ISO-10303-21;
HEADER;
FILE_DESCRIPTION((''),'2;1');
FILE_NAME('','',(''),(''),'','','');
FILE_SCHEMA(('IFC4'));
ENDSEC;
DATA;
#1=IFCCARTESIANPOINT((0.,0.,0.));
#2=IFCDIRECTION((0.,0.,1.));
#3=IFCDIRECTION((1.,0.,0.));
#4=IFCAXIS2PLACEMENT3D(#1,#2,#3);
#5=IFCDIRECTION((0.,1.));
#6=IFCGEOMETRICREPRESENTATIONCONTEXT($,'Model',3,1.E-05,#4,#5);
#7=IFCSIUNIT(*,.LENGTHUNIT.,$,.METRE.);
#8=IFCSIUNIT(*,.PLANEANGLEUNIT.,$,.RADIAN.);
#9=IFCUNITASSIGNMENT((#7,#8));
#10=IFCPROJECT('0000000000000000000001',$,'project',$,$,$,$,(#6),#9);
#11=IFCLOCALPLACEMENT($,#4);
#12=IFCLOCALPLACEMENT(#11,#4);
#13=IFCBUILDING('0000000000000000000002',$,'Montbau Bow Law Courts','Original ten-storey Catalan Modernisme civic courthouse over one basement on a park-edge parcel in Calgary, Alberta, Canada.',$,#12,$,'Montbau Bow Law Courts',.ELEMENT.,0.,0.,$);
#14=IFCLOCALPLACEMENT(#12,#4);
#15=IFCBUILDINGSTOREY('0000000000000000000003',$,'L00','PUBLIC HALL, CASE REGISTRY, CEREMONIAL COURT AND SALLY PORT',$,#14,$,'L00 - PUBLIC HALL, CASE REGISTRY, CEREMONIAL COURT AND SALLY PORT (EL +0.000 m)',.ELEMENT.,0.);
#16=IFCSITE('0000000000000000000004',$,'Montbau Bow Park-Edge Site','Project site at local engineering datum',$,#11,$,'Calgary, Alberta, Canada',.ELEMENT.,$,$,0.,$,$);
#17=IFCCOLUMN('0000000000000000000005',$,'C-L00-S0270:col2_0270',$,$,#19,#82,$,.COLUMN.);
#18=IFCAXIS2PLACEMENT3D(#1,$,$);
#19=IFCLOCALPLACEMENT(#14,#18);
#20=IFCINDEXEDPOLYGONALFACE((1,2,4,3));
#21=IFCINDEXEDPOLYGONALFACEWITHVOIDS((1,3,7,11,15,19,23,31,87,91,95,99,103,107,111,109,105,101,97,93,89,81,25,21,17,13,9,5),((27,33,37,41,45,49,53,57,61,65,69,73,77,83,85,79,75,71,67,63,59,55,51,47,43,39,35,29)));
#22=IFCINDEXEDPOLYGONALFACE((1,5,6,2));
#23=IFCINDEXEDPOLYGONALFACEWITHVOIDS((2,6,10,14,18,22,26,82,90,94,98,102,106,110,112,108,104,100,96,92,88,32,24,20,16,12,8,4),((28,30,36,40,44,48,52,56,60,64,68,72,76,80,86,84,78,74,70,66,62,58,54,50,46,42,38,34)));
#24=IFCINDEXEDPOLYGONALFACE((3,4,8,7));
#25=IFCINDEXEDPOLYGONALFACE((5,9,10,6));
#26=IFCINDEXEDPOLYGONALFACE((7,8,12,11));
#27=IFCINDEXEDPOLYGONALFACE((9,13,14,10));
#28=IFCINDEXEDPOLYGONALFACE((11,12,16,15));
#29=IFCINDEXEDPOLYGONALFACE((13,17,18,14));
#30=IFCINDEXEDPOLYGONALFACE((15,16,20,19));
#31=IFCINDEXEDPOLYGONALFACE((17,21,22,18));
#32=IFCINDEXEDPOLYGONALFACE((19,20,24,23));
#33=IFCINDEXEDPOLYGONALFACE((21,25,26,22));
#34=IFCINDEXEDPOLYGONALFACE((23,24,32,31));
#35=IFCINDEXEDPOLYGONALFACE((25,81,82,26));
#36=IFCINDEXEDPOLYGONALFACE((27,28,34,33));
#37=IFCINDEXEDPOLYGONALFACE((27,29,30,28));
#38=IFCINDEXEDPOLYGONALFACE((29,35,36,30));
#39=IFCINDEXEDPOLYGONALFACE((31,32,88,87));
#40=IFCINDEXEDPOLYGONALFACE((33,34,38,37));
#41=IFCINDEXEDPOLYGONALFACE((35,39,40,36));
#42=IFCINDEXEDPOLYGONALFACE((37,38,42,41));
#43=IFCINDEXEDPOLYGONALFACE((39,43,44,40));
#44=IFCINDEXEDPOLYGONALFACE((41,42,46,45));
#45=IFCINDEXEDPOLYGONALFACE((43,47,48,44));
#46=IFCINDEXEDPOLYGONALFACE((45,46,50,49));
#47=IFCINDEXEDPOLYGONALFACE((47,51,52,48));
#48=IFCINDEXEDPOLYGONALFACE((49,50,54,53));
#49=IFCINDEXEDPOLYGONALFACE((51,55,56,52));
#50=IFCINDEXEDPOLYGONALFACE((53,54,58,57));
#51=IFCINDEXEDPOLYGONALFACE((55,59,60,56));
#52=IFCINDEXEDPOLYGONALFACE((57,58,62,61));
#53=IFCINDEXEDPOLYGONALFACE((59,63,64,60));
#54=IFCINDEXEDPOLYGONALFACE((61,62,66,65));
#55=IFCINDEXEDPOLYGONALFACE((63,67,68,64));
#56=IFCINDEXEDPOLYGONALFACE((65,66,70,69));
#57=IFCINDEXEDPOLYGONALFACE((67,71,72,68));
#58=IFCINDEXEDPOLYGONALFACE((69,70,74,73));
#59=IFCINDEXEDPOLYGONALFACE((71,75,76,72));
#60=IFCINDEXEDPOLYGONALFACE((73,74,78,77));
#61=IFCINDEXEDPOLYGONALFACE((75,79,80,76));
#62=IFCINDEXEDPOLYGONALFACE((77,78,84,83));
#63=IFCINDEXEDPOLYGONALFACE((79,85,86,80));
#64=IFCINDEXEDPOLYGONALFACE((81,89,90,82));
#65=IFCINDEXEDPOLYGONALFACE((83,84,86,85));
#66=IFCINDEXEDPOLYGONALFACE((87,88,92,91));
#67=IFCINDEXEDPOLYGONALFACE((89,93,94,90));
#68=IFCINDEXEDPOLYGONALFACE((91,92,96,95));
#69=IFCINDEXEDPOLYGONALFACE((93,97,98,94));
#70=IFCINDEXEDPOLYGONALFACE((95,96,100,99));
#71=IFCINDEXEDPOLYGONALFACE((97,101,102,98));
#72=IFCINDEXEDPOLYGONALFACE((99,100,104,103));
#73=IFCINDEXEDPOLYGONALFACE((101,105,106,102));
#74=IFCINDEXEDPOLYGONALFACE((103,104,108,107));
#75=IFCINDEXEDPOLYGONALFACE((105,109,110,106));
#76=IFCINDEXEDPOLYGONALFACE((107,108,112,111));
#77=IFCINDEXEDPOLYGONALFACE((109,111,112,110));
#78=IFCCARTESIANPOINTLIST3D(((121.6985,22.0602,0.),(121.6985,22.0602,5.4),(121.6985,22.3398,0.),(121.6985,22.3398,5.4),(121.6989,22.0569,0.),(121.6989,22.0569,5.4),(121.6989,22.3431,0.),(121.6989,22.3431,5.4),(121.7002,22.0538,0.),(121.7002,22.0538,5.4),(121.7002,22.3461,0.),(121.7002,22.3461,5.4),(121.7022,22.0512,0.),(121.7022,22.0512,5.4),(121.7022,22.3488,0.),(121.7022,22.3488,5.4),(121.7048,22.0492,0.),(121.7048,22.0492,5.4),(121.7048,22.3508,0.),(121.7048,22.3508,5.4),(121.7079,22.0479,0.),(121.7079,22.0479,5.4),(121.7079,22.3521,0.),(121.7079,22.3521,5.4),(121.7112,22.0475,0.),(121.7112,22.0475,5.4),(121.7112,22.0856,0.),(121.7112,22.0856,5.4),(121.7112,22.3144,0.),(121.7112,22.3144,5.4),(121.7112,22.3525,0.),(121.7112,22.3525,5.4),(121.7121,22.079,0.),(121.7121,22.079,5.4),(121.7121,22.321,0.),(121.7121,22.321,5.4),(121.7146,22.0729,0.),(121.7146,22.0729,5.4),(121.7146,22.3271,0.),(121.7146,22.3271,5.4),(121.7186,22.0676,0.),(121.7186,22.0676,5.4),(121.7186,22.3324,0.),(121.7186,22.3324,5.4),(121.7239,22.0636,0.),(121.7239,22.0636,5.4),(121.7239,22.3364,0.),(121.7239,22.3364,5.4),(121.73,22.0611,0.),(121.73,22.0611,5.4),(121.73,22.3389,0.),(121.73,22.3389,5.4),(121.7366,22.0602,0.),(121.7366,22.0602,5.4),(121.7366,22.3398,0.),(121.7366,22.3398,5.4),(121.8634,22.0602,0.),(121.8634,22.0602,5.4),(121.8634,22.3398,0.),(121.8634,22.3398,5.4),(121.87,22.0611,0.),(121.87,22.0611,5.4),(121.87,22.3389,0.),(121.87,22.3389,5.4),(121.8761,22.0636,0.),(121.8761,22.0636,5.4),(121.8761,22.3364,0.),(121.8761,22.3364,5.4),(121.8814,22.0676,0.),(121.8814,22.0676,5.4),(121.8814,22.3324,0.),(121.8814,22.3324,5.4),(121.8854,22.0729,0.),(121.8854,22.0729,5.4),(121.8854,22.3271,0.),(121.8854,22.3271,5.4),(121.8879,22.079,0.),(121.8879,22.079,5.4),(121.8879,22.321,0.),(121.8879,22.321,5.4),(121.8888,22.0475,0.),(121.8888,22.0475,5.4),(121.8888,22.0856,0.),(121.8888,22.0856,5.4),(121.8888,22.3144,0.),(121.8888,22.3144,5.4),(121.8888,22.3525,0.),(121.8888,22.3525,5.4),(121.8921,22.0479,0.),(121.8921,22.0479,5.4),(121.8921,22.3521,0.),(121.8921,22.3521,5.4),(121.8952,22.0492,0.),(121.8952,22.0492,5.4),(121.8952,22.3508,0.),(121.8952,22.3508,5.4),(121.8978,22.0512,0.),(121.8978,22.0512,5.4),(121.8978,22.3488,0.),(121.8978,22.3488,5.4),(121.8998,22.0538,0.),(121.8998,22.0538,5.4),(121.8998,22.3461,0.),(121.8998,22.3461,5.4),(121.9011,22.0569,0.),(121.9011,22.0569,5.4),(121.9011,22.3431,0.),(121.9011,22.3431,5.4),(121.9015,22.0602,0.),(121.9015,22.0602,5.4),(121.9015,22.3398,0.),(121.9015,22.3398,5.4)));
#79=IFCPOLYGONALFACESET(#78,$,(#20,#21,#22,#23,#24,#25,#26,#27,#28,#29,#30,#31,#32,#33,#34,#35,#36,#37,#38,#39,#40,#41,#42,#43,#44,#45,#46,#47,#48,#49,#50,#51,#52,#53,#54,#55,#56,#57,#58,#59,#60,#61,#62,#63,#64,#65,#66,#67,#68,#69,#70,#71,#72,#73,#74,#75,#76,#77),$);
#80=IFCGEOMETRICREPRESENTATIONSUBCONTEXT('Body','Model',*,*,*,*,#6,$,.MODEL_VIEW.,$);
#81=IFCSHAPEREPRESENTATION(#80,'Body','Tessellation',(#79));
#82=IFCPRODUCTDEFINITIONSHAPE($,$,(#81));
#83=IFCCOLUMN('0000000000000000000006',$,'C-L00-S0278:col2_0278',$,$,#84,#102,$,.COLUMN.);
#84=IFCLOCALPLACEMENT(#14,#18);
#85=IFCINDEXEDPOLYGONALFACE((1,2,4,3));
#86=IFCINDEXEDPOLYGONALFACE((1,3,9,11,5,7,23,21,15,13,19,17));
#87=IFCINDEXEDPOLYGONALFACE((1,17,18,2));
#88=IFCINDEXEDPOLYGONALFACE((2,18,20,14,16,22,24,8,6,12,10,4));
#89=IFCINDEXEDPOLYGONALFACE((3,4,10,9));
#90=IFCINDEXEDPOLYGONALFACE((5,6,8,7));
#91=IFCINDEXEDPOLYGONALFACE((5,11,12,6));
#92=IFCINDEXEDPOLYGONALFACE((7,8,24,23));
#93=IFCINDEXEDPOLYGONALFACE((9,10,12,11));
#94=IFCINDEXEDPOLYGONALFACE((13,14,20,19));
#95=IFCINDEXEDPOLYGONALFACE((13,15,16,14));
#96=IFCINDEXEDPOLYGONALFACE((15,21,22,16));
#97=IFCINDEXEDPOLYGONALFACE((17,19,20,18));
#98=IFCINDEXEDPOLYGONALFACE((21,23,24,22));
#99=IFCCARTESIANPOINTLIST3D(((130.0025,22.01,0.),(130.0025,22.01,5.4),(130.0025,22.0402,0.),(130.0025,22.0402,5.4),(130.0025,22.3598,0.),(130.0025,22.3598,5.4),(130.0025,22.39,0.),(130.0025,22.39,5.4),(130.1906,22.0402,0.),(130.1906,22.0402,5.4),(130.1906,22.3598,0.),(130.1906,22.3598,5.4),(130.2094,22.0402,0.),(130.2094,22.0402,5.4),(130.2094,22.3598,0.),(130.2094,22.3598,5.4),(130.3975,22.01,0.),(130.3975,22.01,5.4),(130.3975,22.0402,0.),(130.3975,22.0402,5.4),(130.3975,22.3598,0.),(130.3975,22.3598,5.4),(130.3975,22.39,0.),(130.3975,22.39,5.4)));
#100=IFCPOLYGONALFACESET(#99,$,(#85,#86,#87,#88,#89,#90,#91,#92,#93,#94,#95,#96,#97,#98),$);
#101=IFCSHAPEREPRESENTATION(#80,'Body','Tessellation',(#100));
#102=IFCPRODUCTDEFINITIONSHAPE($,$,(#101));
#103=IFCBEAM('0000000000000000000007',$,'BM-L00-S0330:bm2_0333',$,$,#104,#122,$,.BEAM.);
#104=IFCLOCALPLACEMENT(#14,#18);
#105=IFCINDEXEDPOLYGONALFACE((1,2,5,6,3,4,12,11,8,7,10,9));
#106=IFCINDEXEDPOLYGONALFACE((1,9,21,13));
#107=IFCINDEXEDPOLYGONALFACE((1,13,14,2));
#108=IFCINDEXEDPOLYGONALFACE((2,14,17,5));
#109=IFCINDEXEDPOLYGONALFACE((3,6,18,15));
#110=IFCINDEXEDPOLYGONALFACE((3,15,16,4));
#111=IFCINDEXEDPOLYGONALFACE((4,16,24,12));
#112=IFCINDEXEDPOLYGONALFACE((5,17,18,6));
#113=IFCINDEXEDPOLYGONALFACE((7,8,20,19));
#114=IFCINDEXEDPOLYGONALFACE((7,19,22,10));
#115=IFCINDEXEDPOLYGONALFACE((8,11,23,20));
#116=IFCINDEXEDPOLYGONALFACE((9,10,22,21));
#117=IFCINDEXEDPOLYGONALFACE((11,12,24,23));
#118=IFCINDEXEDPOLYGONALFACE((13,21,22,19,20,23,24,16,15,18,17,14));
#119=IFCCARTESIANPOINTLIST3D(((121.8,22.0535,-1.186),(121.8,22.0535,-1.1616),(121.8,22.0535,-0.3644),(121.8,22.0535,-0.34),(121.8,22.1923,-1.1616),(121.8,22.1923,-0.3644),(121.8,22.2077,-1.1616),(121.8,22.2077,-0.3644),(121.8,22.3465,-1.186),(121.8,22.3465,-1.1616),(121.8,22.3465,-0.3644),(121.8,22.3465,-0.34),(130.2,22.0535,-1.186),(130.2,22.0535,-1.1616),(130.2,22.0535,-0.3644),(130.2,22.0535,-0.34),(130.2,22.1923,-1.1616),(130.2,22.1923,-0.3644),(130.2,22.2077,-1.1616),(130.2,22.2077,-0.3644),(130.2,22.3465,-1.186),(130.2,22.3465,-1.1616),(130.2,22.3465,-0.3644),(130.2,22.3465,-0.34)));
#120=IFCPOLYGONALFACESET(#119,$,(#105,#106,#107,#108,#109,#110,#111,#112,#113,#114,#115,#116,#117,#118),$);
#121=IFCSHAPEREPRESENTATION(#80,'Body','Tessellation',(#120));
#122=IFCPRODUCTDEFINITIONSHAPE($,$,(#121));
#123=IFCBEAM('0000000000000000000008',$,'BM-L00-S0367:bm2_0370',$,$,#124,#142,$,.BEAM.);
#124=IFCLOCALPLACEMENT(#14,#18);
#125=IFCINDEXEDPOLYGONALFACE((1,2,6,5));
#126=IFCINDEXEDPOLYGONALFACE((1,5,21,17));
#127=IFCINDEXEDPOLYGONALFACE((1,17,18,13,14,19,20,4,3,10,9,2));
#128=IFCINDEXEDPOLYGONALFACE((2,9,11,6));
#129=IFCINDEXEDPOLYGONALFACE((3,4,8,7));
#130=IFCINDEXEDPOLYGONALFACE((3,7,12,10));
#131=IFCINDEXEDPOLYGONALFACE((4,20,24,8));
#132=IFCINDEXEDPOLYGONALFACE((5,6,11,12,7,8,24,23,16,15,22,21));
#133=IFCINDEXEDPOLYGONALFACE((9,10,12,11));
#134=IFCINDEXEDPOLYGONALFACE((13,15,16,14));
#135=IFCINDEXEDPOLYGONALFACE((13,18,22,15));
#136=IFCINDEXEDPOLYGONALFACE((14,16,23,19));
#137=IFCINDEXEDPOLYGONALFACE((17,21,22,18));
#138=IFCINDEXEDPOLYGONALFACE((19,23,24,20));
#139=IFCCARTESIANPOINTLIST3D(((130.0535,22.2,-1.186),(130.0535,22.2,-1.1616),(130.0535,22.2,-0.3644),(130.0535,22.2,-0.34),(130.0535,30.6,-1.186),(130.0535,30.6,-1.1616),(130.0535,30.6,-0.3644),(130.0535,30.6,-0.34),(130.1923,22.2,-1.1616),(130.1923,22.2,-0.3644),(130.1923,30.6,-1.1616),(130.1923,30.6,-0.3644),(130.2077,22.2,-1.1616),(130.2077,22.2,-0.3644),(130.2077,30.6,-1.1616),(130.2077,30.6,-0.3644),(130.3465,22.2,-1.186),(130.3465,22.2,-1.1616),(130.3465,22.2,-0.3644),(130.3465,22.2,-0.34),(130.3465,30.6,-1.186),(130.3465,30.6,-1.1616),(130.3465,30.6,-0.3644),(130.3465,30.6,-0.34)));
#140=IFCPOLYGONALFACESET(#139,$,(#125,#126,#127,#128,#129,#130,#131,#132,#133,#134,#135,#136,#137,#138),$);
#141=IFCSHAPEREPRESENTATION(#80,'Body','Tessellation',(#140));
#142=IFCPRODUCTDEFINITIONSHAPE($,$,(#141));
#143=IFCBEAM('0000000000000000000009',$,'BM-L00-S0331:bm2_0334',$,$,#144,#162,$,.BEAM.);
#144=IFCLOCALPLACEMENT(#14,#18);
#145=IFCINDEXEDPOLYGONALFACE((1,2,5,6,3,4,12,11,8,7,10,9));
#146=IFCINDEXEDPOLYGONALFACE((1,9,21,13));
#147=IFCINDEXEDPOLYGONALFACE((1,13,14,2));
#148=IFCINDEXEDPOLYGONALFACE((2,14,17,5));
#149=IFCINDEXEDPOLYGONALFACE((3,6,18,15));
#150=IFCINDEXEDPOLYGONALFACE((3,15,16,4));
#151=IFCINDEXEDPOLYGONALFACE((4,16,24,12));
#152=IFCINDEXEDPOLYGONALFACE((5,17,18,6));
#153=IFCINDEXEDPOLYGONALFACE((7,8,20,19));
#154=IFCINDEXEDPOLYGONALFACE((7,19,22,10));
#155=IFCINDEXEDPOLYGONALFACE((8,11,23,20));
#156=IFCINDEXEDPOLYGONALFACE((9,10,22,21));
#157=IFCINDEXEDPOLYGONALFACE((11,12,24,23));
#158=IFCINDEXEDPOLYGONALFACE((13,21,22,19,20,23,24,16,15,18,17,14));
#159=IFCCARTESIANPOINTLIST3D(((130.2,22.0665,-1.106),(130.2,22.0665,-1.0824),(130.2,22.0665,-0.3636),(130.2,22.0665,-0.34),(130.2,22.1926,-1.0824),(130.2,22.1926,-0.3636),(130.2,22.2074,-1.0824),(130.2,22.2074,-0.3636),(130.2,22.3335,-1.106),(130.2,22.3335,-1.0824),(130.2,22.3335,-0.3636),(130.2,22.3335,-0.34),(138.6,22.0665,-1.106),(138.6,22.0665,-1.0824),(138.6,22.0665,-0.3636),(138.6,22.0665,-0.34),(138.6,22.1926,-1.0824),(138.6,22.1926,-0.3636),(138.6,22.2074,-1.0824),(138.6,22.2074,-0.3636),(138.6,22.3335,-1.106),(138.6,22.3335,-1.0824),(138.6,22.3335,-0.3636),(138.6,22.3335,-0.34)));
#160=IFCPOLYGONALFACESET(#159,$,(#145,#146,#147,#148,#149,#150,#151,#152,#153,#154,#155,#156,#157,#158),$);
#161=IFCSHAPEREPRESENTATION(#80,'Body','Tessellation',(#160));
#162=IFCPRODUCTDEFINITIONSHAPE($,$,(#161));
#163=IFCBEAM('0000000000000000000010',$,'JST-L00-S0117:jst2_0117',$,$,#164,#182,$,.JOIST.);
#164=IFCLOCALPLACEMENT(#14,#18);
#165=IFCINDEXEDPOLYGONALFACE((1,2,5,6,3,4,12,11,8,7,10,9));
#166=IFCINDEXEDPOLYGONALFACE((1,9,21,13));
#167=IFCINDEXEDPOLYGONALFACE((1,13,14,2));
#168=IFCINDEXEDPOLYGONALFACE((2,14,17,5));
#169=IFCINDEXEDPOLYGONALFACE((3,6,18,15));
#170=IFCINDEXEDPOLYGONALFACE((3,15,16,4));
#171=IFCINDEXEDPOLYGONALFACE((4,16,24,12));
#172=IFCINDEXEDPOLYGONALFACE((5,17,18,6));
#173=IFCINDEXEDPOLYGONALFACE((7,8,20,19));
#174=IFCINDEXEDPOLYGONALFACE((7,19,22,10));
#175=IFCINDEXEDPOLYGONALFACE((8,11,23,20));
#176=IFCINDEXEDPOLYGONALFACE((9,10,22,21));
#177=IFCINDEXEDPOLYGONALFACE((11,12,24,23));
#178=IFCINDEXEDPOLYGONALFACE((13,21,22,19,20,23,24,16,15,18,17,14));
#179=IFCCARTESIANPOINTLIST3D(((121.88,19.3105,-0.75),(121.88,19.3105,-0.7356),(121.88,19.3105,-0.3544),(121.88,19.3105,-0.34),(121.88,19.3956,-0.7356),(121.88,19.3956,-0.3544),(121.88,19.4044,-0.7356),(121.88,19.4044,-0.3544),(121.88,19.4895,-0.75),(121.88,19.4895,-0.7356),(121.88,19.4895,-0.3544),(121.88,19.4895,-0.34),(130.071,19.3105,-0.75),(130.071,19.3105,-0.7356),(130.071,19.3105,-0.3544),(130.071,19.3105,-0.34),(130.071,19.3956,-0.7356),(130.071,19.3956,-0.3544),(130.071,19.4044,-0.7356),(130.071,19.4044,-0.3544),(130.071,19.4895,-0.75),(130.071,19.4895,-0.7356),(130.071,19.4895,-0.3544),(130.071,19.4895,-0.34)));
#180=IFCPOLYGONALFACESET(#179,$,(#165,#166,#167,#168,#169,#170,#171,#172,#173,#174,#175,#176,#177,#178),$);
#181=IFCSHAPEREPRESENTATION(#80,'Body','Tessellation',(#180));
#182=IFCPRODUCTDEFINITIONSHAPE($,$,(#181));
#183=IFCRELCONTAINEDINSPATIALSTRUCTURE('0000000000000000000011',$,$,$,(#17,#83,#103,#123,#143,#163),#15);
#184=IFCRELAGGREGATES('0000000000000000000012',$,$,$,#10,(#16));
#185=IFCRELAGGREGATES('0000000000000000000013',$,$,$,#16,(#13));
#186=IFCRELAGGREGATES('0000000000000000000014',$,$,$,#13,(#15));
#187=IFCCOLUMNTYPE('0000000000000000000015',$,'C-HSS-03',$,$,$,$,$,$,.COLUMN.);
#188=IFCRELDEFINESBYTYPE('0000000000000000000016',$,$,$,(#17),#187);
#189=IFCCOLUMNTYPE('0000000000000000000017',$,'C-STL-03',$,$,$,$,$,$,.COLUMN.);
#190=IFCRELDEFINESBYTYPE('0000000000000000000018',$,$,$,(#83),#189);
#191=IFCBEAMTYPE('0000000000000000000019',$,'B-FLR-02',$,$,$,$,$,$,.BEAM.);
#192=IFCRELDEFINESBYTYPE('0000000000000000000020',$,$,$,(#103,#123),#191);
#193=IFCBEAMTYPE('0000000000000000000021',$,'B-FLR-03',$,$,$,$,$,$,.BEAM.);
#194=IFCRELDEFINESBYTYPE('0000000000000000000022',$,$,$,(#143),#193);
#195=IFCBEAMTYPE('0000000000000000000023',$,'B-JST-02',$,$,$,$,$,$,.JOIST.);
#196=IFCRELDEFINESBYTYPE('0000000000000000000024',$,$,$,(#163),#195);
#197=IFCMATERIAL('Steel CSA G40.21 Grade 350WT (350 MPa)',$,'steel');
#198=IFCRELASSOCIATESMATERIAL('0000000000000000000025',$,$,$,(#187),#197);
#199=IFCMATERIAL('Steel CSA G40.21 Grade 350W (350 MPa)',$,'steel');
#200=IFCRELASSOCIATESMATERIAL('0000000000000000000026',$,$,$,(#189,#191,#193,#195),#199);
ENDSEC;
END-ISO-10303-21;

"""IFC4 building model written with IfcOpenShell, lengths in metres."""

from ifc_helpers import new_model, si_unit, direction, frame, origin_with_axes, origin_2d_with_axis, place, context, subcontext, project, spatial, hollow_rectangle, i_section, extrude, material, material_profile, profile_set, type_object, element, save


model = new_model("IFC4")

# Units and contexts
model_context = context("Model", 3, precision=1e-05, world=origin_with_axes(), true_north=direction((0.0, 1.0)))
body_context = subcontext(model_context, "Body", "Model", "MODEL_VIEW")
ifc_project = project(units=[si_unit("LENGTHUNIT", "METRE"), si_unit("PLANEANGLEUNIT", "RADIAN")], contexts=[model_context])

# Site, building, storey
site_placement = place(None, origin_with_axes())
site = spatial("IfcSite", under=ifc_project, at=site_placement, Name="Montbau Bow Park-Edge Site", Description="Project site at local engineering datum", LongName="Calgary, Alberta, Canada", CompositionType="ELEMENT", RefElevation=0.0)
building_placement = place(site_placement, origin_with_axes())
building = spatial("IfcBuilding", under=site, at=building_placement, Name="Montbau Bow Law Courts", Description="Original ten-storey Catalan Modernisme civic courthouse over one basement on a park-edge parcel in Calgary, Alberta, Canada.", LongName="Montbau Bow Law Courts", CompositionType="ELEMENT", ElevationOfRefHeight=0.0, ElevationOfTerrain=0.0)
storey_placement = place(building_placement, origin_with_axes())
storey = spatial("IfcBuildingStorey", under=building, at=storey_placement, Name="L00", Description="PUBLIC HALL, CASE REGISTRY, CEREMONIAL COURT AND SALLY PORT", LongName="L00 - PUBLIC HALL, CASE REGISTRY, CEREMONIAL COURT AND SALLY PORT (EL +0.000 m)", CompositionType="ELEMENT", Elevation=0.0)

# Columns
ifc_material_1 = material(Name="Steel CSA G40.21 Grade 350WT (350 MPa)", Category="steel")
ifc_material_profile_1 = material_profile(ifc_material_1, hollow_rectangle(XDim=0.203, YDim=0.305, WallThickness=0.0127, InnerFilletRadius=0.0254, OuterFilletRadius=0.0127, at=origin_2d_with_axis()), Name="HSS305X203X13", Category="Main", Priority=0)
ifc_profile_set_1 = profile_set([ifc_material_profile_1], Name="Steel CSA G40.21 Grade 350WT (350 MPa)")
column_type_1 = type_object("IfcColumnType", Name="C-HSS-03", PredefinedType="COLUMN", material=ifc_profile_set_1)
column_1_placement = place(None, frame((121.8, 22.2, 0.0), z_axis=(0.0, 0.0, 1.0), x_axis=(1.0, 0.0, 0.0)))
element("IfcColumn", 1, at=column_1_placement, inside=storey, type_object=column_type_1, Name="C-L00-S0270:col2_0270", PredefinedType="COLUMN", context=body_context, shape_type="SweptSolid", body=[
    extrude(hollow_rectangle(XDim=0.203, YDim=0.305, WallThickness=0.0127, InnerFilletRadius=0.0254, OuterFilletRadius=0.0127, at=origin_2d_with_axis()), origin_with_axes(), (0.0, 0.0, 1.0), 5.4),
])
ifc_material_2 = material(Name="Steel CSA G40.21 Grade 350W (350 MPa)", Category="steel")
ifc_material_profile_2 = material_profile(ifc_material_2, i_section(OverallWidth=0.395, OverallDepth=0.38, WebThickness=0.0189, FlangeThickness=0.0302, at=origin_2d_with_axis()), Name="W360X237", Category="Main", Priority=0)
ifc_profile_set_2 = profile_set([ifc_material_profile_2], Name="Steel CSA G40.21 Grade 350W (350 MPa)")
column_type_2 = type_object("IfcColumnType", Name="C-STL-03", PredefinedType="COLUMN", material=ifc_profile_set_2)
column_2_placement = place(None, frame((130.2, 22.2, 0.0), z_axis=(0.0, 0.0, 1.0), x_axis=(1.0, 0.0, 0.0)))
element("IfcColumn", 2, at=column_2_placement, inside=storey, type_object=column_type_2, Name="C-L00-S0278:col2_0278", PredefinedType="COLUMN", context=body_context, shape_type="SweptSolid", body=[
    extrude(i_section(OverallWidth=0.395, OverallDepth=0.38, WebThickness=0.0189, FlangeThickness=0.0302, at=origin_2d_with_axis()), origin_with_axes(), (0.0, 0.0, 1.0), 5.4),
])

# Beams
ifc_material_profile_3 = material_profile(ifc_material_2, i_section(OverallWidth=0.293, OverallDepth=0.846, WebThickness=0.0154, FlangeThickness=0.0244, at=origin_2d_with_axis()), Name="W840X210", Category="Main", Priority=0)
ifc_profile_set_3 = profile_set([ifc_material_profile_3], Name="Steel CSA G40.21 Grade 350W (350 MPa)")
beam_type_1 = type_object("IfcBeamType", Name="B-FLR-02", PredefinedType="BEAM", material=ifc_profile_set_3)
for number, where, z_axis, x_axis, name in (
    (3, (121.8, 22.2, -0.763), (1.0, 0.0, 0.0), (0.0, 1.0, 0.0), "BM-L00-S0330:bm2_0333"),
    (4, (130.2, 22.2, -0.763), (0.0, 1.0, 0.0), (-1.0, 0.0, 0.0), "BM-L00-S0367:bm2_0370"),
):
    element("IfcBeam", number, at=place(None, frame(where, z_axis=z_axis, x_axis=x_axis)), inside=storey, type_object=beam_type_1, Name=name, PredefinedType="BEAM", context=body_context, shape_type="SweptSolid", body=[
        extrude(i_section(OverallWidth=0.293, OverallDepth=0.846, WebThickness=0.0154, FlangeThickness=0.0244, at=origin_2d_with_axis()), origin_with_axes(), (0.0, 0.0, 1.0), 8.4),
    ])
ifc_material_profile_4 = material_profile(ifc_material_2, i_section(OverallWidth=0.267, OverallDepth=0.766, WebThickness=0.0149, FlangeThickness=0.0236, at=origin_2d_with_axis()), Name="W760X185", Category="Main", Priority=0)
ifc_profile_set_4 = profile_set([ifc_material_profile_4], Name="Steel CSA G40.21 Grade 350W (350 MPa)")
beam_type_2 = type_object("IfcBeamType", Name="B-FLR-03", PredefinedType="BEAM", material=ifc_profile_set_4)
beam_1_placement = place(None, frame((130.2, 22.2, -0.723), z_axis=(1.0, 0.0, 0.0), x_axis=(0.0, 1.0, 0.0)))
element("IfcBeam", 5, at=beam_1_placement, inside=storey, type_object=beam_type_2, Name="BM-L00-S0331:bm2_0334", PredefinedType="BEAM", context=body_context, shape_type="SweptSolid", body=[
    extrude(i_section(OverallWidth=0.267, OverallDepth=0.766, WebThickness=0.0149, FlangeThickness=0.0236, at=origin_2d_with_axis()), origin_with_axes(), (0.0, 0.0, 1.0), 8.4),
])
ifc_material_profile_5 = material_profile(ifc_material_2, i_section(OverallWidth=0.179, OverallDepth=0.41, WebThickness=0.0088, FlangeThickness=0.0144, at=origin_2d_with_axis()), Name="W410X67", Category="Main", Priority=0)
ifc_profile_set_5 = profile_set([ifc_material_profile_5], Name="Steel CSA G40.21 Grade 350W (350 MPa)")
beam_type_3 = type_object("IfcBeamType", Name="B-JST-02", PredefinedType="JOIST", material=ifc_profile_set_5)
beam_2_placement = place(None, frame((121.88, 19.4, -0.545), z_axis=(1.0, 0.0, 0.0), x_axis=(0.0, 1.0, 0.0)))
element("IfcBeam", 6, at=beam_2_placement, inside=storey, type_object=beam_type_3, Name="JST-L00-S0117:jst2_0117", PredefinedType="JOIST", context=body_context, shape_type="SweptSolid", body=[
    extrude(i_section(OverallWidth=0.179, OverallDepth=0.41, WebThickness=0.0088, FlangeThickness=0.0144, at=origin_2d_with_axis()), origin_with_axes(), (0.0, 0.0, 1.0), 8.191),
])

save(model, "model.ifc")
